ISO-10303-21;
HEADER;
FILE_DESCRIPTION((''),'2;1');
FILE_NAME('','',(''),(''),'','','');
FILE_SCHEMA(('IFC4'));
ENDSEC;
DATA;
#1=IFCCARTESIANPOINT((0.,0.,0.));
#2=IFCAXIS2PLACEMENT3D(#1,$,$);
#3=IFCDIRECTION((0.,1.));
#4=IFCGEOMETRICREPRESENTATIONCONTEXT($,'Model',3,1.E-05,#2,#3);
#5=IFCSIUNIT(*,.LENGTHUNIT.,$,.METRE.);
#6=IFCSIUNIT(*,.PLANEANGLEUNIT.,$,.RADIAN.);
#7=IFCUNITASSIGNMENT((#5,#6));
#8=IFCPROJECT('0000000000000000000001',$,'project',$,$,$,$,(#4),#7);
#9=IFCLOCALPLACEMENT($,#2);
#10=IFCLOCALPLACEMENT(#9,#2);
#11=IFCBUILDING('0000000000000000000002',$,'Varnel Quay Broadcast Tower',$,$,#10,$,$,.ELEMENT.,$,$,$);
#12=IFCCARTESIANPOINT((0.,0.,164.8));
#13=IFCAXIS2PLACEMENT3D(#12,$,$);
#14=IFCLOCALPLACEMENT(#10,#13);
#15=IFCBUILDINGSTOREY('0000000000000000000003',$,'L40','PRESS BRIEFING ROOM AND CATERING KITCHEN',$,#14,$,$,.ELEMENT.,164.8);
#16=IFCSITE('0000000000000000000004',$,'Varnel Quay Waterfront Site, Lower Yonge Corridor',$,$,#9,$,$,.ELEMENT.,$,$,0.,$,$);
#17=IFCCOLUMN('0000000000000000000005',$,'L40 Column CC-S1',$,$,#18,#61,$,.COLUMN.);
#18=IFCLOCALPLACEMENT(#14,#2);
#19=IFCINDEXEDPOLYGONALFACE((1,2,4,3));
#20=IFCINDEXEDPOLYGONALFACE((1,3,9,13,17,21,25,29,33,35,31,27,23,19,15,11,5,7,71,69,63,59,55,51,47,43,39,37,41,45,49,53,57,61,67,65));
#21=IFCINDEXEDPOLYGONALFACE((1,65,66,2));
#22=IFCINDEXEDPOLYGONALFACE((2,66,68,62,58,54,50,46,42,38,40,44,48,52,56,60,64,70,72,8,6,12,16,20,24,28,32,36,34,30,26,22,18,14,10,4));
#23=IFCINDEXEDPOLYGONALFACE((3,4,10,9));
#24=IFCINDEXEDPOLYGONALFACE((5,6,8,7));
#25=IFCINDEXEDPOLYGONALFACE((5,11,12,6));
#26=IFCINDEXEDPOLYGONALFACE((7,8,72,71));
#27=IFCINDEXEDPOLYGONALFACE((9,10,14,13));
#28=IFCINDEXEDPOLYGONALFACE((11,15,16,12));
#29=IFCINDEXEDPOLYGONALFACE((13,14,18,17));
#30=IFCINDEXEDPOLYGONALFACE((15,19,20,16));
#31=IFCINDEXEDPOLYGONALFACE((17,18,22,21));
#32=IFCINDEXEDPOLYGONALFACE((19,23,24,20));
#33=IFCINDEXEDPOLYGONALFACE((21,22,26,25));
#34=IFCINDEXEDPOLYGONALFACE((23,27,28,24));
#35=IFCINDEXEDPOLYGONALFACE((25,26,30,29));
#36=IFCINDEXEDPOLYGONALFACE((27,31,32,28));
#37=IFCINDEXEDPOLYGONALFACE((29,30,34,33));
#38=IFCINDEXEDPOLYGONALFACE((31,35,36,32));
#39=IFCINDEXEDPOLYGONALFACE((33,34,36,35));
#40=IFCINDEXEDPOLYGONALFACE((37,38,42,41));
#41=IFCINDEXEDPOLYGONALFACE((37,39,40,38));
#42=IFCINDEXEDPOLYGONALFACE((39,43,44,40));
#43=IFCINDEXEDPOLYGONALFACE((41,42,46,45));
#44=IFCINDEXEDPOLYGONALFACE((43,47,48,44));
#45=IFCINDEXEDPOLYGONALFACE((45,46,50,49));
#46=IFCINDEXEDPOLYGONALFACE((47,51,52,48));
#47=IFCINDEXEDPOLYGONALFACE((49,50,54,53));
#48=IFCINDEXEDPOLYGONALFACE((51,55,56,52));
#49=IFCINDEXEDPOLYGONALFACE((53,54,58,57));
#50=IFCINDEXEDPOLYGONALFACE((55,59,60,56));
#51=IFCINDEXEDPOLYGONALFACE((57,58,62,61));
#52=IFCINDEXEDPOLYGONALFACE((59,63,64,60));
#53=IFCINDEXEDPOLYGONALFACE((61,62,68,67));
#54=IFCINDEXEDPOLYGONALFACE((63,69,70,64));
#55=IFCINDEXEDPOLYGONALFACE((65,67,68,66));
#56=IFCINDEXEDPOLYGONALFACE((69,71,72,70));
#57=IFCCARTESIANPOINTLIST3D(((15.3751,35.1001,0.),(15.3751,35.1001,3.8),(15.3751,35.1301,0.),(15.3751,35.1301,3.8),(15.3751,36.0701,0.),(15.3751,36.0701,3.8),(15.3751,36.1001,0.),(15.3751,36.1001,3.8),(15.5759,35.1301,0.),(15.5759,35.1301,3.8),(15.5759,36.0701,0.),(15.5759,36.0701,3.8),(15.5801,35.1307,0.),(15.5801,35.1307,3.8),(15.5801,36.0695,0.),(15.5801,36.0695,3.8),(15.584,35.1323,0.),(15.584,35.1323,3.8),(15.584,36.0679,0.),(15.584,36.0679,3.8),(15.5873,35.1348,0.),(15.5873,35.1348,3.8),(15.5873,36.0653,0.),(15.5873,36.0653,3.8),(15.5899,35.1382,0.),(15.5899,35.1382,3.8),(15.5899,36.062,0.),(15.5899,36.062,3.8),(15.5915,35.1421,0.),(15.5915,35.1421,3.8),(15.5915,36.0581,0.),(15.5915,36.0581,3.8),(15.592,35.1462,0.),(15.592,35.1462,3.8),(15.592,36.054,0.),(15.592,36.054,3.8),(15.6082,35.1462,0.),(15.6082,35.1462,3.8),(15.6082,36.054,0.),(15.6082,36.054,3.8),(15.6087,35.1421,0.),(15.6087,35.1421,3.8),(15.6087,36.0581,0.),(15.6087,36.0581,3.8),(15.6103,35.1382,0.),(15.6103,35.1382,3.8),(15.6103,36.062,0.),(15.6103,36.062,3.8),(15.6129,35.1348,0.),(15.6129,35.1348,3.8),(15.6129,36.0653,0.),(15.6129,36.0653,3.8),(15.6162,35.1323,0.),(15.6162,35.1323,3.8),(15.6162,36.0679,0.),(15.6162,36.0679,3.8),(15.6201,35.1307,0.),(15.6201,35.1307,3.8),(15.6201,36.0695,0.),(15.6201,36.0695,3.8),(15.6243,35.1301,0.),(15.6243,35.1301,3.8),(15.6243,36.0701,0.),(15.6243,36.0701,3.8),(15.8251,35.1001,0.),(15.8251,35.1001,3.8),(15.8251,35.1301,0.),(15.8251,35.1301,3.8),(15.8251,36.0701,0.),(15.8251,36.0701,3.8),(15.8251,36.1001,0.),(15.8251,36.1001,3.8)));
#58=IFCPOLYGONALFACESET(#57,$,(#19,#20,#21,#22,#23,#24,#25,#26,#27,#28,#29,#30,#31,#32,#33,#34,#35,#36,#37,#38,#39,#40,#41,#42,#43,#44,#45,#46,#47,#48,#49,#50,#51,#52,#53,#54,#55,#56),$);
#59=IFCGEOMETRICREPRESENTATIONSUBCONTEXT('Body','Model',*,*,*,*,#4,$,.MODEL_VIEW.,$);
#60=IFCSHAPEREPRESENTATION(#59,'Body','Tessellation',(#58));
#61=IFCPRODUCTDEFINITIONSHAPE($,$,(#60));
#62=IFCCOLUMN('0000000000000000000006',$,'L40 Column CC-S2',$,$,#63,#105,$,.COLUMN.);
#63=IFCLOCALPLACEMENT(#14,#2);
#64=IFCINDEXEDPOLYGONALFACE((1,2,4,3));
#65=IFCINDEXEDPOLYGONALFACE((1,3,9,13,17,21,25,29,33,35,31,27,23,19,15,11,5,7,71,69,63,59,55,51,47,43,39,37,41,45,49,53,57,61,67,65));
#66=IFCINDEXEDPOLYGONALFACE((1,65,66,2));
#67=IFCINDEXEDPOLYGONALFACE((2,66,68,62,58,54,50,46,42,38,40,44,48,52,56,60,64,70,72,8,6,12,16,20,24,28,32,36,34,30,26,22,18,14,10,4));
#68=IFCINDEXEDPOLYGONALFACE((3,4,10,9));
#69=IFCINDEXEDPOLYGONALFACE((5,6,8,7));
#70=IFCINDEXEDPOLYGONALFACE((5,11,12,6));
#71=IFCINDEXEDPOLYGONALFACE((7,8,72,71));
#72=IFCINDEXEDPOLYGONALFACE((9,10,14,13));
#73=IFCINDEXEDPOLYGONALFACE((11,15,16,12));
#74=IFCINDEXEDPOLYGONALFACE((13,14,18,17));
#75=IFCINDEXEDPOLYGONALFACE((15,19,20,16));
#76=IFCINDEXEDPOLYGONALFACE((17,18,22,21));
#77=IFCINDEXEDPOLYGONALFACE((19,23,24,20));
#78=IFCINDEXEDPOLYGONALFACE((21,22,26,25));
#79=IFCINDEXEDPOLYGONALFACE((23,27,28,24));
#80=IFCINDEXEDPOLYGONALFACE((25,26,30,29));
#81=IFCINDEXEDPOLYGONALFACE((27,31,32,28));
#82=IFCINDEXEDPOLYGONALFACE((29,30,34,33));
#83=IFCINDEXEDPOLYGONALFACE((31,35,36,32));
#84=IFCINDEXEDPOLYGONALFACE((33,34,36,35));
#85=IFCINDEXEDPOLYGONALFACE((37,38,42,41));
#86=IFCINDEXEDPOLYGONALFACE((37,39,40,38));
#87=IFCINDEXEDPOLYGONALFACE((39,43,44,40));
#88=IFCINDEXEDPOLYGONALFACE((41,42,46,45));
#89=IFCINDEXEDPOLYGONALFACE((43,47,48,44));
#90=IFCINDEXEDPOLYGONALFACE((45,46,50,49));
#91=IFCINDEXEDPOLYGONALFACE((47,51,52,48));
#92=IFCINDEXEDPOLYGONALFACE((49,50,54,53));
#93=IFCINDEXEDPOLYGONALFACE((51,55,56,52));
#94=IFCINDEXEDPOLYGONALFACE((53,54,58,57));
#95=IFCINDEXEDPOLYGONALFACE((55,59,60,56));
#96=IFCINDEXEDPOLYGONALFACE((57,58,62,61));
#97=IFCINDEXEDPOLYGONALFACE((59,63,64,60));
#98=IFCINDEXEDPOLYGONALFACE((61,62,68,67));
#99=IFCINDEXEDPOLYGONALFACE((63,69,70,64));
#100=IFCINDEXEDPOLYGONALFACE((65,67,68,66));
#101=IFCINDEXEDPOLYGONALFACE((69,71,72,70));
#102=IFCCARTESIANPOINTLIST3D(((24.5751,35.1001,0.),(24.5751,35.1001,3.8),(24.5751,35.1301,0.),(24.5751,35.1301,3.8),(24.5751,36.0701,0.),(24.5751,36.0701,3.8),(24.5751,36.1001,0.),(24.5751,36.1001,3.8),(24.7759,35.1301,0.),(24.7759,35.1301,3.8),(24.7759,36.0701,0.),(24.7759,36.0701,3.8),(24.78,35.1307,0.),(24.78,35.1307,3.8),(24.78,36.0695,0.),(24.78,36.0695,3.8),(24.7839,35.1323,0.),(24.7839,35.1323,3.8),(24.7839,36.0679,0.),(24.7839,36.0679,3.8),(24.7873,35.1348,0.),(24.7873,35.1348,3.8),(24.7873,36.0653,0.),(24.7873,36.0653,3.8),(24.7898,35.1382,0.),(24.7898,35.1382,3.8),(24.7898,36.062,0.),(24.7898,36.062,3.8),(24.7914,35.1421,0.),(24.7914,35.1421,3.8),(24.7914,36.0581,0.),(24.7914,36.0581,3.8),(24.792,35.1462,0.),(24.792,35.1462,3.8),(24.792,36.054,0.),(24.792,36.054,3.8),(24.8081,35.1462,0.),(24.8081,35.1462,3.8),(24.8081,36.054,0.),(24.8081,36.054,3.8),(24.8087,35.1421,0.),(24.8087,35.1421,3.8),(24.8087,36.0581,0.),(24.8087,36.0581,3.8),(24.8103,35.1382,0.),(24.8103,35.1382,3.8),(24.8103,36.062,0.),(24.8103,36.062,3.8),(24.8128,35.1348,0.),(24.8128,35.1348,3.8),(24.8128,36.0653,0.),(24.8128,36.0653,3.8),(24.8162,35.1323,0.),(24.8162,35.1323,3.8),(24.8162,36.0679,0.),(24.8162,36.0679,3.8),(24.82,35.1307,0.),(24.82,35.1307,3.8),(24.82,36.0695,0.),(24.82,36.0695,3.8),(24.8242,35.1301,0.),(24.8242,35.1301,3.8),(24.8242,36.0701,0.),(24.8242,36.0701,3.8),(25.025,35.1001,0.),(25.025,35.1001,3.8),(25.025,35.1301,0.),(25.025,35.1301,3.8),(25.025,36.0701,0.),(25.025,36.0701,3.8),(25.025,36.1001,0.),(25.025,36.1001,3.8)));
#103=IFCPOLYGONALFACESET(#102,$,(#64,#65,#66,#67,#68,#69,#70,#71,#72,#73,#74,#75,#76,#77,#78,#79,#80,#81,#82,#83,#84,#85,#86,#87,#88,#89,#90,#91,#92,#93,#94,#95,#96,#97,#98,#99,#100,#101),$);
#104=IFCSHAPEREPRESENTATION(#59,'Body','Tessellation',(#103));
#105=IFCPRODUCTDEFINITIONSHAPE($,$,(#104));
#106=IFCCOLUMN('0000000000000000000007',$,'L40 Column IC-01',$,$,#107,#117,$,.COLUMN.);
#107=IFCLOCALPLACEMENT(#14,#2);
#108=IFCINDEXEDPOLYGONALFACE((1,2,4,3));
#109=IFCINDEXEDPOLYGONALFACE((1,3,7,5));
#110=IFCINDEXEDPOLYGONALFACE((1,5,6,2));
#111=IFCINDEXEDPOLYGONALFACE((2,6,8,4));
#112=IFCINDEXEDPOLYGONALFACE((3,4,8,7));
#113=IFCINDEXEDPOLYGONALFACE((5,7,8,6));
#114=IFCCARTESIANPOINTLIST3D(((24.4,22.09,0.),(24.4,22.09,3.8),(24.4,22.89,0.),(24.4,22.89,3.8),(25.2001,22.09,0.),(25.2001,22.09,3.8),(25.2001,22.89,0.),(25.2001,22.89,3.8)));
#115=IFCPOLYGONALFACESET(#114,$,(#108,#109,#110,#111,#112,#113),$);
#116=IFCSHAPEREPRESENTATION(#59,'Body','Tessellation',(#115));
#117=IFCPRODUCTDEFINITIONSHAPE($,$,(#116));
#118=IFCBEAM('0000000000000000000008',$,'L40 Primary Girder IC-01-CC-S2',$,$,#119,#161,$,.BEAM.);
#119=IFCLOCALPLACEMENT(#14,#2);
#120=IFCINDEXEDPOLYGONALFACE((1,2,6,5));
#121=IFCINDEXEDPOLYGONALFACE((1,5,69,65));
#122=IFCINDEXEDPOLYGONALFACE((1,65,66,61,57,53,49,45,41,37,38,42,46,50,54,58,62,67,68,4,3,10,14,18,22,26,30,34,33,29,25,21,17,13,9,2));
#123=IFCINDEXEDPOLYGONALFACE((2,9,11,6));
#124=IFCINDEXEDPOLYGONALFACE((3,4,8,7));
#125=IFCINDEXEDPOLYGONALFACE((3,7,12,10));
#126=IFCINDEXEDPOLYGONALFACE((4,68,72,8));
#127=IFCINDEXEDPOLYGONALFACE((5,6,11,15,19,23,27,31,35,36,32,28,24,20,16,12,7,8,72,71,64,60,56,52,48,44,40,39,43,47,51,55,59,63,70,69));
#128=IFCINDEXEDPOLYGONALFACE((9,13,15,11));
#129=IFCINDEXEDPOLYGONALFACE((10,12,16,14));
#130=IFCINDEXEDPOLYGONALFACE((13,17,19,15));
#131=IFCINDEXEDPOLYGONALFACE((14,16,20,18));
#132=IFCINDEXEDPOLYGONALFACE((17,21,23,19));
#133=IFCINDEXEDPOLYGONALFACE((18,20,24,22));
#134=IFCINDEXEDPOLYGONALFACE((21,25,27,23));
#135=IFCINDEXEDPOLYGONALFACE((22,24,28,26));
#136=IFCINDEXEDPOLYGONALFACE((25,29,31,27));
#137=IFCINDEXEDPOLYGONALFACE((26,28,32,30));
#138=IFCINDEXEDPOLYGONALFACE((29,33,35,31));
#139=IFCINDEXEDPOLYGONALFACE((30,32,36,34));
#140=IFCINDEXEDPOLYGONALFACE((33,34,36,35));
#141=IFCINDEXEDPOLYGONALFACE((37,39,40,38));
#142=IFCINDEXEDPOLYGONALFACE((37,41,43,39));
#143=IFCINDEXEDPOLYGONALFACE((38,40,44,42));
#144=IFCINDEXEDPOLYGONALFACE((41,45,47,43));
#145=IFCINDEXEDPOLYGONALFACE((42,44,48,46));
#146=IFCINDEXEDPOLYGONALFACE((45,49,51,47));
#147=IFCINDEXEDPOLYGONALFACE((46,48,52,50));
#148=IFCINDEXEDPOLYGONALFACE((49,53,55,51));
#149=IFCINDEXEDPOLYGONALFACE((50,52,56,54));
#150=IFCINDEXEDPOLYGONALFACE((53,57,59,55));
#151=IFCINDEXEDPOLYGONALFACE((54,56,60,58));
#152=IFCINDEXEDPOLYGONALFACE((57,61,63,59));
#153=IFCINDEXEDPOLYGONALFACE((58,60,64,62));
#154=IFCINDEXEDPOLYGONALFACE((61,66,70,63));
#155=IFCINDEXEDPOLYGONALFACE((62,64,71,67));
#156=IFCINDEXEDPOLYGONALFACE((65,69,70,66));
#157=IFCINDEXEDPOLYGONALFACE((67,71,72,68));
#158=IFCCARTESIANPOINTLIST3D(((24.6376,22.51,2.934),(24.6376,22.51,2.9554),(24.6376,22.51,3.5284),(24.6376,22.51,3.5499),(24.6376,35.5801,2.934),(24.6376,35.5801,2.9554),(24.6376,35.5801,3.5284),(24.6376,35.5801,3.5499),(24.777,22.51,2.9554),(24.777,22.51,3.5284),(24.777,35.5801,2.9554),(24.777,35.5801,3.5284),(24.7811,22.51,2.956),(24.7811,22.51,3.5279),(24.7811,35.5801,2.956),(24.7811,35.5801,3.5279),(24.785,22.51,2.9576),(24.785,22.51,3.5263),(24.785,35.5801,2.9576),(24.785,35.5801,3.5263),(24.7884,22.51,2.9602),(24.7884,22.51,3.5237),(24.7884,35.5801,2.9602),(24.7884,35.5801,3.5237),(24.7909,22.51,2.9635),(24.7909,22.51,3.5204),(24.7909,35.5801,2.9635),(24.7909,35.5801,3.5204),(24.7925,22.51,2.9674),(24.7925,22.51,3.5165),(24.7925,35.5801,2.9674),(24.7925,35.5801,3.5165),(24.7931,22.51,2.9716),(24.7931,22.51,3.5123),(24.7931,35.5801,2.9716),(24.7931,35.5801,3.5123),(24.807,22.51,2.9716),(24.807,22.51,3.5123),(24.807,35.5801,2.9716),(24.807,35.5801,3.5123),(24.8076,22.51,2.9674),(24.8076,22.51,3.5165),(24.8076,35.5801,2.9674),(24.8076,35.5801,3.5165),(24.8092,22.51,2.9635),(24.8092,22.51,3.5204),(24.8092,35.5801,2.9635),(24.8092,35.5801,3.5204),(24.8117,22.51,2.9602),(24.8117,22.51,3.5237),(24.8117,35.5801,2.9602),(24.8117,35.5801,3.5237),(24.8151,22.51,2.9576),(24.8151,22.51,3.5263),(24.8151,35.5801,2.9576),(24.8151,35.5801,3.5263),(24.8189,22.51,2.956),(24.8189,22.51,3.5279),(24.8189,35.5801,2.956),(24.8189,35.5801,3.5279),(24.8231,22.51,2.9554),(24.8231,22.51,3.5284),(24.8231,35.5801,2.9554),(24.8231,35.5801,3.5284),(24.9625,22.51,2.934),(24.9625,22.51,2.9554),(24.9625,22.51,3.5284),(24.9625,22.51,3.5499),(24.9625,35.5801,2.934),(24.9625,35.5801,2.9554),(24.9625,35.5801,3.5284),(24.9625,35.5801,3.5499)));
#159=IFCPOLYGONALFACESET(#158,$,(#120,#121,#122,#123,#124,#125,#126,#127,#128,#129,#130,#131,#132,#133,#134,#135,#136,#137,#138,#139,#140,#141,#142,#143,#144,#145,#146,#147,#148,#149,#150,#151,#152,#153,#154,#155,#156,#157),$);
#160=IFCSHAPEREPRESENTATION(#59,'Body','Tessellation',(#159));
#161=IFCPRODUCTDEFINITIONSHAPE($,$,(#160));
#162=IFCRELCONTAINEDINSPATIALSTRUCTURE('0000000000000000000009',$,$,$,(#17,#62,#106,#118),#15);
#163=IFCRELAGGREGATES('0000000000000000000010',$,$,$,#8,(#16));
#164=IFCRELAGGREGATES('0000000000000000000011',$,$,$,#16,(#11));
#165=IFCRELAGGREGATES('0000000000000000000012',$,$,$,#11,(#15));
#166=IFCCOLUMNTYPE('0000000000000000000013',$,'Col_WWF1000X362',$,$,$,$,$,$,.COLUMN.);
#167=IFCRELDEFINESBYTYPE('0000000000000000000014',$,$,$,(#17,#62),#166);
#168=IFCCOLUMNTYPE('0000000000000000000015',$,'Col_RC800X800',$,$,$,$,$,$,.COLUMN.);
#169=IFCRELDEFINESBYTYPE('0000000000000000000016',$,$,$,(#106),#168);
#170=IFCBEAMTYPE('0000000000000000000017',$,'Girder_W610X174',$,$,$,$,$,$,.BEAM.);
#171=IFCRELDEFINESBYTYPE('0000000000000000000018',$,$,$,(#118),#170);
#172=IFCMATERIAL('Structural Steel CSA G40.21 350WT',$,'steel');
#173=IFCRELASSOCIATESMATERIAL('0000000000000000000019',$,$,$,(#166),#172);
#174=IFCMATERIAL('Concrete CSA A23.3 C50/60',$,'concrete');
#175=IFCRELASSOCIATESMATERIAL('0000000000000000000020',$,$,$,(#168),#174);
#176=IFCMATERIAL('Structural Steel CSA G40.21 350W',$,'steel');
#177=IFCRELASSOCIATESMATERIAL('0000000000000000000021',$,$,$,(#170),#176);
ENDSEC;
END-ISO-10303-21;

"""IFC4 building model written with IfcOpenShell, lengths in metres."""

from ifc_helpers import new_model, si_unit, direction, frame, origin, origin_2d, place, context, subcontext, project, spatial, rectangle, i_section, extrude, source, transform, mapped, material, material_profile, profile_set, type_object, type_shapes, element, save


model = new_model("IFC4")

# Units and contexts
model_context = context("Model", 3, precision=1e-05, world=origin(), true_north=direction((0.0, 1.0)))
body_context = subcontext(model_context, "Body", "Model", "MODEL_VIEW")
ifc_project = project(units=[si_unit("LENGTHUNIT", "METRE"), si_unit("PLANEANGLEUNIT", "RADIAN")], contexts=[model_context])

# Site, building, storey
site_placement = place(None, origin())
site = spatial("IfcSite", under=ifc_project, at=site_placement, Name="Varnel Quay Waterfront Site, Lower Yonge Corridor", CompositionType="ELEMENT", RefElevation=0.0)
building_placement = place(site_placement, origin())
building = spatial("IfcBuilding", under=site, at=building_placement, Name="Varnel Quay Broadcast Tower", CompositionType="ELEMENT")
storey_placement = place(building_placement, frame((0.0, 0.0, 164.8)))
storey = spatial("IfcBuildingStorey", under=building, at=storey_placement, Name="L40", Description="PRESS BRIEFING ROOM AND CATERING KITCHEN", CompositionType="ELEMENT", Elevation=164.8)

# Columns
ifc_material_1 = material(Name="Structural Steel CSA G40.21 350WT", Category="steel")
ifc_material_profile_1 = material_profile(ifc_material_1, i_section(OverallWidth=0.45, OverallDepth=1.0, WebThickness=0.0161, FlangeThickness=0.03, FilletRadius=0.0161, at=origin_2d()), Name="WWF1000X362")
ifc_profile_set_1 = profile_set([ifc_material_profile_1], Name="Structural Steel CSA G40.21 350WT")
column_type_1 = type_object("IfcColumnType", Name="Col_WWF1000X362", PredefinedType="COLUMN", material=ifc_profile_set_1)
shared_shape_1 = source(origin(), body_context, "Body", "SweptSolid", [
    extrude(i_section(OverallWidth=0.45, OverallDepth=1.0, WebThickness=0.0161, FlangeThickness=0.03, FilletRadius=0.0161, at=origin_2d()), origin(), (0.0, 0.0, 1.0), 3.8),
])
type_shapes(column_type_1, [shared_shape_1])
for number, where, z_axis, x_axis, name in (
    (1, (15.6001, 35.6001, 0.0), (0.0, 0.0, 1.0), (1.0, 0.0, 0.0), "L40 Column CC-S1"),
    (2, (24.8, 35.6001, 0.0), (0.0, 0.0, 1.0), (1.0, 0.0, 0.0), "L40 Column CC-S2"),
):
    element("IfcColumn", number, at=place(storey_placement, frame(where, z_axis=z_axis, x_axis=x_axis)), inside=storey, type_object=column_type_1, Name=name, PredefinedType="COLUMN", context=body_context, shape_type="MappedRepresentation", body=[
        mapped(shared_shape_1, transform((0.0, 0.0, 0.0), x_axis=(1.0, 0.0, 0.0), y_axis=(0.0, 1.0, 0.0), z_axis=(0.0, 0.0, 1.0), scale=1.0)),
    ])
ifc_material_2 = material(Name="Concrete CSA A23.3 C50/60", Category="concrete")
ifc_material_profile_2 = material_profile(ifc_material_2, rectangle(XDim=0.8, YDim=0.8, at=origin_2d()), Name="RC800X800")
ifc_profile_set_2 = profile_set([ifc_material_profile_2], Name="Concrete CSA A23.3 C50/60")
column_type_2 = type_object("IfcColumnType", Name="Col_RC800X800", PredefinedType="COLUMN", material=ifc_profile_set_2)
shared_shape_2 = source(origin(), body_context, "Body", "SweptSolid", [
    extrude(rectangle(XDim=0.8, YDim=0.8, at=origin_2d()), origin(), (0.0, 0.0, 1.0), 3.8),
])
type_shapes(column_type_2, [shared_shape_2])
column_placement = place(storey_placement, frame((24.8, 22.49, 0.0), z_axis=(0.0, 0.0, 1.0), x_axis=(1.0, 0.0, 0.0)))
element("IfcColumn", 3, at=column_placement, inside=storey, type_object=column_type_2, Name="L40 Column IC-01", PredefinedType="COLUMN", context=body_context, shape_type="MappedRepresentation", body=[
    mapped(shared_shape_2, transform((0.0, 0.0, 0.0), x_axis=(1.0, 0.0, 0.0), y_axis=(0.0, 1.0, 0.0), z_axis=(0.0, 0.0, 1.0), scale=1.0)),
])

# Beam
ifc_material_3 = material(Name="Structural Steel CSA G40.21 350W", Category="steel")
ifc_material_profile_3 = material_profile(ifc_material_3, i_section(OverallWidth=0.325, OverallDepth=0.616, WebThickness=0.0139, FlangeThickness=0.0215, FilletRadius=0.0161, at=origin_2d()), Name="W610X174")
ifc_profile_set_3 = profile_set([ifc_material_profile_3], Name="Structural Steel CSA G40.21 350W")
beam_type_1 = type_object("IfcBeamType", Name="Girder_W610X174", PredefinedType="BEAM", material=ifc_profile_set_3)
shared_shape_3 = source(origin(), body_context, "Body", "SweptSolid", [
    extrude(i_section(OverallWidth=0.325, OverallDepth=0.616, WebThickness=0.0139, FlangeThickness=0.0215, FilletRadius=0.0161, at=origin_2d()), origin(), (0.0, 0.0, 1.0), 13.0701),
])
beam_1_placement = place(storey_placement, frame((24.8, 22.51, 3.2419), z_axis=(0.0, 1.0, 0.0), x_axis=(-1.0, 0.0, 0.0)))
element("IfcBeam", 4, at=beam_1_placement, inside=storey, type_object=beam_type_1, Name="L40 Primary Girder IC-01-CC-S2", PredefinedType="BEAM", context=body_context, shape_type="MappedRepresentation", body=[
    mapped(shared_shape_3, transform((0.0, 0.0, 0.0), x_axis=(1.0, 0.0, 0.0), y_axis=(0.0, 1.0, 0.0), z_axis=(0.0, 0.0, 1.0), scale=1.0)),
])

save(model, "model.ifc")
